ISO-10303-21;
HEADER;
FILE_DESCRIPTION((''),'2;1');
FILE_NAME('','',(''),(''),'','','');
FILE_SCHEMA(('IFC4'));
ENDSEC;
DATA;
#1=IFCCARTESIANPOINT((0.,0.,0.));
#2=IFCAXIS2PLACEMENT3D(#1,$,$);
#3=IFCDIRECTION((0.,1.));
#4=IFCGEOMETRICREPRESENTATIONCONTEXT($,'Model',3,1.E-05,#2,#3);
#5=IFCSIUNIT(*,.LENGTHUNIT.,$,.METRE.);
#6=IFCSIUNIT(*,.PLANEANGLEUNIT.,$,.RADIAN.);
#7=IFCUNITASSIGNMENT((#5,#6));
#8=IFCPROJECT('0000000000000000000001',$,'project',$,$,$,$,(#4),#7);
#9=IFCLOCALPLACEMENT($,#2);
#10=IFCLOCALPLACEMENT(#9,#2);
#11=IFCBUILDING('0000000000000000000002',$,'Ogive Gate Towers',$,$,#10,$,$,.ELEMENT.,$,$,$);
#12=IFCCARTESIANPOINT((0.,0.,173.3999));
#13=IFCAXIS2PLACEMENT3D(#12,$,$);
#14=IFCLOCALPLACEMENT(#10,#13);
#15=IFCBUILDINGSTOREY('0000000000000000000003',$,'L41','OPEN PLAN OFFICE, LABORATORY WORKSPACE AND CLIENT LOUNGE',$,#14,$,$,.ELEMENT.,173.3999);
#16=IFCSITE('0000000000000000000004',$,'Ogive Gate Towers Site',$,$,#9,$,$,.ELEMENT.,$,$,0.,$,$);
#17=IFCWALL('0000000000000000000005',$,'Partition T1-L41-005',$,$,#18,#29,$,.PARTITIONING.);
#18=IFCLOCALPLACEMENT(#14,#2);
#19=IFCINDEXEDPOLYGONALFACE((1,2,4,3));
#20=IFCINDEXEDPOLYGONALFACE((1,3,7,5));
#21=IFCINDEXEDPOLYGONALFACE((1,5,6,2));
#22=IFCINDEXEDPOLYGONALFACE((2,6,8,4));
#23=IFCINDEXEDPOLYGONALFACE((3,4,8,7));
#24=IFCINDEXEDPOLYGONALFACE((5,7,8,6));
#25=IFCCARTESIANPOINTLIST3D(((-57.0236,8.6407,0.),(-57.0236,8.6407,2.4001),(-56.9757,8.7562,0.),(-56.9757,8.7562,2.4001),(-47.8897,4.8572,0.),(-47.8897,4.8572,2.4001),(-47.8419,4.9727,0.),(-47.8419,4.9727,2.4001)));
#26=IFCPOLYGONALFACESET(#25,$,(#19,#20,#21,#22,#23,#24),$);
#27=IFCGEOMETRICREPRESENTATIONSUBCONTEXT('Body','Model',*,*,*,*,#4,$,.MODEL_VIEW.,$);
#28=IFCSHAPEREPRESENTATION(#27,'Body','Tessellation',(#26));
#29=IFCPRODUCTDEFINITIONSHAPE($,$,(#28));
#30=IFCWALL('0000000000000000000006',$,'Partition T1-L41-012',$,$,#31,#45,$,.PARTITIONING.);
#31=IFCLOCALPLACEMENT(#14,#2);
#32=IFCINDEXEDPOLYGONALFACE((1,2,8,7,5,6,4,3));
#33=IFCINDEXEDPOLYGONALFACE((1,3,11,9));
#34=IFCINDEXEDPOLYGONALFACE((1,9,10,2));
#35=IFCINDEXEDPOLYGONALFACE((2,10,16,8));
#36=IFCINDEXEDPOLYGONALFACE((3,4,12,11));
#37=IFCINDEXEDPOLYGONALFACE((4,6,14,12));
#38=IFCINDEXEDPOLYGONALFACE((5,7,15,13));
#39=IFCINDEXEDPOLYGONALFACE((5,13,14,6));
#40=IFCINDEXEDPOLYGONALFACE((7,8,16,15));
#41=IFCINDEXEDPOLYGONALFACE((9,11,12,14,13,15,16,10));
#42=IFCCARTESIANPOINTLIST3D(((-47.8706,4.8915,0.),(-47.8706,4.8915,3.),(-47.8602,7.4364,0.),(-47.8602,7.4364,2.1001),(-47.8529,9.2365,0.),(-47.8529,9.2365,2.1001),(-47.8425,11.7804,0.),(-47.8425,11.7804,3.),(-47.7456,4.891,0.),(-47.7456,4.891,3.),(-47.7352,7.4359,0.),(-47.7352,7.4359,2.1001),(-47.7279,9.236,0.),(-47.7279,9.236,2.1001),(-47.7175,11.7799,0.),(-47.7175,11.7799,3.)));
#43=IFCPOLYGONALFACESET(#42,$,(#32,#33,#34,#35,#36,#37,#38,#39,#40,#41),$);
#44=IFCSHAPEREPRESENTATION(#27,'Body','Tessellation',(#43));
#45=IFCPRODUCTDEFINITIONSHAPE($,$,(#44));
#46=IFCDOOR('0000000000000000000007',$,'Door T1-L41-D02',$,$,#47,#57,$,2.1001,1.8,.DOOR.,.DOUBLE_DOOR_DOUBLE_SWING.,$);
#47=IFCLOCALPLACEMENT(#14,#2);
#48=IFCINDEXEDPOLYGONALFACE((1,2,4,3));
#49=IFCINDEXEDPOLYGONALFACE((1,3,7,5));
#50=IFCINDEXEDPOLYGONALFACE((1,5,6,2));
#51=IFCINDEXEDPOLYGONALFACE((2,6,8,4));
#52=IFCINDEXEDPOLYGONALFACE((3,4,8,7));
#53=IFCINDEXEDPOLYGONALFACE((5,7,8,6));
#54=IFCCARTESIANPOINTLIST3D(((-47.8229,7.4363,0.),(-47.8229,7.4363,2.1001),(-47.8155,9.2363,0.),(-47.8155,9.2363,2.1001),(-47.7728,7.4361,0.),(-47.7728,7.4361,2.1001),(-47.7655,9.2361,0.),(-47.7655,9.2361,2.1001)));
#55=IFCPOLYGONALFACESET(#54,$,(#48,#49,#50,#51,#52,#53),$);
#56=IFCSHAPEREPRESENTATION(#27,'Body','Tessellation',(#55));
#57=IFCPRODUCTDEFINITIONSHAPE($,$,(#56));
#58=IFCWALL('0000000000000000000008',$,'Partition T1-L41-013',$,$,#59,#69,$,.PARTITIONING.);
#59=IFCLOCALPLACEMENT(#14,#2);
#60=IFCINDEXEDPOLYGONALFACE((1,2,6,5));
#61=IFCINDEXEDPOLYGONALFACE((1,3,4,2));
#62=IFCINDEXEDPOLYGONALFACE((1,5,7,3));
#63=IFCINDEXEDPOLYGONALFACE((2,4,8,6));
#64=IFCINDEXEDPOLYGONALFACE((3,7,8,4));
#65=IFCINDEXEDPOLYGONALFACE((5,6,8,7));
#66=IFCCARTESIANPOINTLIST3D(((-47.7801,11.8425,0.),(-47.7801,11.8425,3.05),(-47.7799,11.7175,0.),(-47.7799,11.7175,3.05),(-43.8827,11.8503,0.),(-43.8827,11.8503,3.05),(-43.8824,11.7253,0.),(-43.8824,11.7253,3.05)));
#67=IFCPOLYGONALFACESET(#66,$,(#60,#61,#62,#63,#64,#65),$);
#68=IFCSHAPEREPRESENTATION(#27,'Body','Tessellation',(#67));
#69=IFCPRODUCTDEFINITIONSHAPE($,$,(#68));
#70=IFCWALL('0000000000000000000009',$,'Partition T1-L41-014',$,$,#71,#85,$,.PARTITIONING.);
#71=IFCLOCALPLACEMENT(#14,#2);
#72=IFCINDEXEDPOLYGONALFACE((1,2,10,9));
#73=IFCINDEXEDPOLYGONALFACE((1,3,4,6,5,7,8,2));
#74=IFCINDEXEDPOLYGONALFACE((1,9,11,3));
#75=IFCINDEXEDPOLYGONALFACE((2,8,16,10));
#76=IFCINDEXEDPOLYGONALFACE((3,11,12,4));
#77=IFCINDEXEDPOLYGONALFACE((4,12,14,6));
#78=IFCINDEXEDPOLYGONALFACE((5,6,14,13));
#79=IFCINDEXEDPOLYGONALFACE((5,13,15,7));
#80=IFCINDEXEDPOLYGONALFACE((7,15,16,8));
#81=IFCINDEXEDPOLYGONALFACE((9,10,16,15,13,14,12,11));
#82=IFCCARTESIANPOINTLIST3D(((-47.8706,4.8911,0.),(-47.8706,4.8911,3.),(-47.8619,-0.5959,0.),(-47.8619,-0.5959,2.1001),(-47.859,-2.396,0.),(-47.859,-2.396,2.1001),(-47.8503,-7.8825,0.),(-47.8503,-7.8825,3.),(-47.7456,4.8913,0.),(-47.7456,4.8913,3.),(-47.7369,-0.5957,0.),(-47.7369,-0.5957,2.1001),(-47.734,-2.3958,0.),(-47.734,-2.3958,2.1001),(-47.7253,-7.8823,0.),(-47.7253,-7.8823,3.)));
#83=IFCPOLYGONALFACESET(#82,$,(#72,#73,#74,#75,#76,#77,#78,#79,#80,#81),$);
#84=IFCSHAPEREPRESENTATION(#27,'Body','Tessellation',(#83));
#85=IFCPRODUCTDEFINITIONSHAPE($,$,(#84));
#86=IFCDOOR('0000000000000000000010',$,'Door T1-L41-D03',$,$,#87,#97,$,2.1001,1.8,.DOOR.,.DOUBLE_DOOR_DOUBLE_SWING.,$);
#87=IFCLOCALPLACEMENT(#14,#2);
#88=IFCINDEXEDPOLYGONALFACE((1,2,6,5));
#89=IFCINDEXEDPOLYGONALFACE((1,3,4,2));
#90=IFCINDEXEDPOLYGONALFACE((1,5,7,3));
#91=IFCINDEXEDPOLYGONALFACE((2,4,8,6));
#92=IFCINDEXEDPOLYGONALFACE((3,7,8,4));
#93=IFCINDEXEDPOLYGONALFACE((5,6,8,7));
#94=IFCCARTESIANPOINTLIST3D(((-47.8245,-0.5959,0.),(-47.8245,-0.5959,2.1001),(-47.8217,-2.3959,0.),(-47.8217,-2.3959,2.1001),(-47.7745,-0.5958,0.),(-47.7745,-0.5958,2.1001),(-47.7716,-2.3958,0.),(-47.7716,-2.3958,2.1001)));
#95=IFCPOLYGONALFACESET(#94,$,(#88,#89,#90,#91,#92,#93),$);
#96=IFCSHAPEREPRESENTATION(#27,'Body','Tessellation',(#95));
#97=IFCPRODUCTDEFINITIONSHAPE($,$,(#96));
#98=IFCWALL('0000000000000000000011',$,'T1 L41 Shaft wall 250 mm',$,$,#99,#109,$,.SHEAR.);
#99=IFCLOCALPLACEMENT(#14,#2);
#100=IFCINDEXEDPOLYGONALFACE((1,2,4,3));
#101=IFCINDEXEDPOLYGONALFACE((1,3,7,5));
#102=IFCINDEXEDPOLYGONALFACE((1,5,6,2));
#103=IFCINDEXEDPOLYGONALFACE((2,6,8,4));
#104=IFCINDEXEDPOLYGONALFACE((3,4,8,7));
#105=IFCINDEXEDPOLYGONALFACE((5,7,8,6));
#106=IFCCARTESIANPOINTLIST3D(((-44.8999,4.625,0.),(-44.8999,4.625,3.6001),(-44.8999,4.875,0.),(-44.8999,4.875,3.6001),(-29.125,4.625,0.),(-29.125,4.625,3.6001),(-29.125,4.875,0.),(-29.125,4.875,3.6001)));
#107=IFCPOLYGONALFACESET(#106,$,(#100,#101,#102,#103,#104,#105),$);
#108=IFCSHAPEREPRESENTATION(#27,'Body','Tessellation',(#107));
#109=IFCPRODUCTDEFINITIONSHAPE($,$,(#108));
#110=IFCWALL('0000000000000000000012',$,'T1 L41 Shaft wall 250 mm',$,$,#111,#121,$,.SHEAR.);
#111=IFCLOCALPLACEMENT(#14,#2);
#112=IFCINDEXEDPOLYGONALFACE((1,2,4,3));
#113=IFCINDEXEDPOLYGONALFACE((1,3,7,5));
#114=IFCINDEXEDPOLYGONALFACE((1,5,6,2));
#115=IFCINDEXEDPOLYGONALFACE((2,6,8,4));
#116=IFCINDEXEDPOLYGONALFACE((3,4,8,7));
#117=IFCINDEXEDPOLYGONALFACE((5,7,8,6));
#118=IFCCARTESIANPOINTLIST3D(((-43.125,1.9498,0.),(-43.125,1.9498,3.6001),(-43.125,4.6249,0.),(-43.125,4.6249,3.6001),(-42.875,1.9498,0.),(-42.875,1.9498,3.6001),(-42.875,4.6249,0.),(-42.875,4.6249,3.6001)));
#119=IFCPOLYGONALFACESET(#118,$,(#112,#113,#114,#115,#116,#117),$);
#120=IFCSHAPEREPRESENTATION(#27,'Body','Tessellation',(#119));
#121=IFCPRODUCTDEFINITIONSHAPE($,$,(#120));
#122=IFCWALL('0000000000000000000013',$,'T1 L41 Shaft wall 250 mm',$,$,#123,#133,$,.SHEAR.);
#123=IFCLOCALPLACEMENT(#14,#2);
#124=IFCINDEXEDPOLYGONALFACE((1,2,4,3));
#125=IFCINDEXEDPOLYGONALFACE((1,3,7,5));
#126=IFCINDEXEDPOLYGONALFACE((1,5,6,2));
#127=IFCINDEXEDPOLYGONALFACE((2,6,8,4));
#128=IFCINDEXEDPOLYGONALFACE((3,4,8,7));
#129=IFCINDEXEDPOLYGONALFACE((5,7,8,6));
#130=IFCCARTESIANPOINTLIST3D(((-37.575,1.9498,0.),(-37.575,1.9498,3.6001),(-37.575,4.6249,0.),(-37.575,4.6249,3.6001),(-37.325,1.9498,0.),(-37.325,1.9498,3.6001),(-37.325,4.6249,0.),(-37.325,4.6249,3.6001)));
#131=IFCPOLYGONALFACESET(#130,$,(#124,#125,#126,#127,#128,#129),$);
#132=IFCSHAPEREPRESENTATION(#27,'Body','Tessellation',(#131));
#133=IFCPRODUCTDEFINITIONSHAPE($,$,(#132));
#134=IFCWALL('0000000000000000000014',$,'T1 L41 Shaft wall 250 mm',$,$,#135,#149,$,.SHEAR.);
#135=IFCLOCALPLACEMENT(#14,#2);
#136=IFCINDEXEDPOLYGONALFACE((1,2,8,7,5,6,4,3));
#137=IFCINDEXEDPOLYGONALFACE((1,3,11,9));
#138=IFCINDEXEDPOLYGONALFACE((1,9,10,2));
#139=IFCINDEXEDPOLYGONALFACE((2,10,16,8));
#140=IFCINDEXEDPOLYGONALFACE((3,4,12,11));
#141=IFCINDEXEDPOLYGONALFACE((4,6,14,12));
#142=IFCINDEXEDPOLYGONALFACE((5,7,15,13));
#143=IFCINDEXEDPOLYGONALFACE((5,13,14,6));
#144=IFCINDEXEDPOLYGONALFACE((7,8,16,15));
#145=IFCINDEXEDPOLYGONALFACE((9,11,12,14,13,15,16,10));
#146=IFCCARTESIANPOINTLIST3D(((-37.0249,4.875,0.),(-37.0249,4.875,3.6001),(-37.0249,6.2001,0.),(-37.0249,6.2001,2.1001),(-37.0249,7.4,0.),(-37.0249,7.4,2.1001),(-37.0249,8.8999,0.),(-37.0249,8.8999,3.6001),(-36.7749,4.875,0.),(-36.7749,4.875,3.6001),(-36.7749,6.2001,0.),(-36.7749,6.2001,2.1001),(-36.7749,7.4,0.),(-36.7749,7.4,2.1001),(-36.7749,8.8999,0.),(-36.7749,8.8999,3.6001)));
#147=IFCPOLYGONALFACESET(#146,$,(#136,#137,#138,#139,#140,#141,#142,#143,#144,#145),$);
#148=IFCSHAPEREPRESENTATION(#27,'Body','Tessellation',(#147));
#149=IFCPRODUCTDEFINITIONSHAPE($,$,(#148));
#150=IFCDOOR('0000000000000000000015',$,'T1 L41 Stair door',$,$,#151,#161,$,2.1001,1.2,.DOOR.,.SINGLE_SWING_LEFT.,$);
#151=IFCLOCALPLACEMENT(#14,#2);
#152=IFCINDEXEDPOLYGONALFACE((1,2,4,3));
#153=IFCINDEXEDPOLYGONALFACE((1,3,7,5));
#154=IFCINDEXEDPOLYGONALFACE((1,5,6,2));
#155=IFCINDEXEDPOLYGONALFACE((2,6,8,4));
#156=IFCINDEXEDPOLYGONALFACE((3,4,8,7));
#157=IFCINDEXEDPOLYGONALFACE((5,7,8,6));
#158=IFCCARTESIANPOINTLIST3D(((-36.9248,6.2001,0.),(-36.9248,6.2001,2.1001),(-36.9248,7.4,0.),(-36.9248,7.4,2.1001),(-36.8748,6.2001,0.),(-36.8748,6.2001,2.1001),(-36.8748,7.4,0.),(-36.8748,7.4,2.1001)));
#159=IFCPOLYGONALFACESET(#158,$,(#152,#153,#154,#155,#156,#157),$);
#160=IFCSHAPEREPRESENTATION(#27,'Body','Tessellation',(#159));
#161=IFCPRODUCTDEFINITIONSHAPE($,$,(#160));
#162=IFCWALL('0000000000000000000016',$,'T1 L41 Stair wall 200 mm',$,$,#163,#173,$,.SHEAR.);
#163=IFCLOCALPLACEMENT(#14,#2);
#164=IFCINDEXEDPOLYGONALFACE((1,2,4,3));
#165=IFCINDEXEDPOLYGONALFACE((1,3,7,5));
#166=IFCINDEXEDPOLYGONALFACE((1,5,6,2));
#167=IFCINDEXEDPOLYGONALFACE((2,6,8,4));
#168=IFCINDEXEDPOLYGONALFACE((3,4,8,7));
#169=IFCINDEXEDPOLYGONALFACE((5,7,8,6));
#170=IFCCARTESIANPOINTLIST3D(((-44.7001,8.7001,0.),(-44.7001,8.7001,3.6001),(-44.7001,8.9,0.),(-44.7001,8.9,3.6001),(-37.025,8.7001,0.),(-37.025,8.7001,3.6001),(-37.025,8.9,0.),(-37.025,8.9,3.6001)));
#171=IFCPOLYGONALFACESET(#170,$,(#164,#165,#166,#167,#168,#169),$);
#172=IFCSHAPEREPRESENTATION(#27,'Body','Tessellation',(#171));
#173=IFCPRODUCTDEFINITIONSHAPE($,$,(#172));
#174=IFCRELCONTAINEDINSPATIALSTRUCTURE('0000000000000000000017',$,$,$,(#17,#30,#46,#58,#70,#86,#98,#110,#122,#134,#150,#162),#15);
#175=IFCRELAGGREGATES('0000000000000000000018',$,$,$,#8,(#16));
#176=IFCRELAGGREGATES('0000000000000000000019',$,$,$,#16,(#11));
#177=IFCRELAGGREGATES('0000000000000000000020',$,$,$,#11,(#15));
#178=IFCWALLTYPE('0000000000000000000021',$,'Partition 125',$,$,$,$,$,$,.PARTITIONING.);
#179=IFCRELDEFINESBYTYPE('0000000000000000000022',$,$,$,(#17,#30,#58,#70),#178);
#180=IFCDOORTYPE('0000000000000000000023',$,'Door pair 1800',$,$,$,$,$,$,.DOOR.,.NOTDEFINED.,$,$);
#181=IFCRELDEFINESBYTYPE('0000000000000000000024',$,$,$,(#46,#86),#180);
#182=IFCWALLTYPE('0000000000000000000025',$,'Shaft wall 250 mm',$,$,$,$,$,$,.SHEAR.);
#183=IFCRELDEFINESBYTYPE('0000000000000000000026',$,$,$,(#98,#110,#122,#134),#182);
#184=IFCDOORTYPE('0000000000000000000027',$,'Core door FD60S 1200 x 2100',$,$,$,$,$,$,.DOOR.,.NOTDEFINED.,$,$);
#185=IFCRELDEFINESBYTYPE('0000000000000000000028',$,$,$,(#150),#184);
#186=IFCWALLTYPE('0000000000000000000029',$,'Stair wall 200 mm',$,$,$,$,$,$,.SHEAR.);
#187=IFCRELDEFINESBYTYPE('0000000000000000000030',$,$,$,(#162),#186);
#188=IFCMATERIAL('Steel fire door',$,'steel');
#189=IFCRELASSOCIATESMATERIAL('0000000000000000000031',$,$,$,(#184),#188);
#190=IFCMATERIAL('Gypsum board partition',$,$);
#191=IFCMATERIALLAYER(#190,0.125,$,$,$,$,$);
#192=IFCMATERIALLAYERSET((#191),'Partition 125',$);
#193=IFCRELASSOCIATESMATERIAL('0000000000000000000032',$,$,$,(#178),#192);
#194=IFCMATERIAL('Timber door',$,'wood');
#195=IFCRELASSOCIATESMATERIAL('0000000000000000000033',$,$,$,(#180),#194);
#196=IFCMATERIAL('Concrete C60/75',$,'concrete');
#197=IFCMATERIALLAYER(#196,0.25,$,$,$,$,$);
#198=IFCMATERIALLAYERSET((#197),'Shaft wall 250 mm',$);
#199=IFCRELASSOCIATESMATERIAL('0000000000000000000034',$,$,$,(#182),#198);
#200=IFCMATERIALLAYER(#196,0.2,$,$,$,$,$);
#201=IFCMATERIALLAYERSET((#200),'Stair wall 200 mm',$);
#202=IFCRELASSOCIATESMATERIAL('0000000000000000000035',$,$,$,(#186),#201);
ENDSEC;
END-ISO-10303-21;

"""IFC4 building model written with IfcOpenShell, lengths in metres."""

from ifc_helpers import new_model, si_unit, direction, frame, frame_2d, origin, place, context, subcontext, project, spatial, rectangle, extrude, material, layer, layer_set, type_object, element, fill, save


model = new_model("IFC4")

# Units and contexts
model_context = context("Model", 3, precision=1e-05, world=origin(), true_north=direction((0.0, 1.0)))
body_context = subcontext(model_context, "Body", "Model", "MODEL_VIEW")
ifc_project = project(units=[si_unit("LENGTHUNIT", "METRE"), si_unit("PLANEANGLEUNIT", "RADIAN")], contexts=[model_context])

# Site, building, storey
site_placement = place(None, origin())
site = spatial("IfcSite", under=ifc_project, at=site_placement, Name="Ogive Gate Towers Site", CompositionType="ELEMENT", RefElevation=0.0)
building_placement = place(site_placement, origin())
building = spatial("IfcBuilding", under=site, at=building_placement, Name="Ogive Gate Towers", CompositionType="ELEMENT")
storey_placement = place(building_placement, frame((0.0, 0.0, 173.3999)))
storey = spatial("IfcBuildingStorey", under=building, at=storey_placement, Name="L41", Description="OPEN PLAN OFFICE, LABORATORY WORKSPACE AND CLIENT LOUNGE", CompositionType="ELEMENT", Elevation=173.3999)

# Shared definitions
ifc_material_1 = material(Name="Concrete C60/75", Category="concrete")
ifc_material_2 = material(Name="Timber door", Category="wood")
ifc_material_3 = material(Name="Steel fire door", Category="steel")
door_type_1 = type_object("IfcDoorType", Name="Core door FD60S 1200 x 2100", OperationType="NOTDEFINED", PredefinedType="DOOR", material=ifc_material_3)

# Wall
ifc_material_4 = material(Name="Gypsum board partition")
ifc_layer_1 = layer(ifc_material_4, 0.125)
ifc_layer_set_1 = layer_set([ifc_layer_1], Name="Partition 125")
wall_type_1 = type_object("IfcWallType", Name="Partition 125", PredefinedType="PARTITIONING", material=ifc_layer_set_1)
wall_1_placement = place(storey_placement, frame((-56.9998, 8.6985, 0.0), z_axis=(0.0, 0.0, 1.0), x_axis=(0.923876, -0.382693, 0.0)))
element("IfcWall", 1, at=wall_1_placement, inside=storey, type_object=wall_type_1, Name="Partition T1-L41-005", PredefinedType="PARTITIONING", context=body_context, shape_type="SweptSolid", body=[
    extrude(rectangle(XDim=9.8865, YDim=0.125, at=frame_2d((4.9434, 0.0))), origin(), (0.0, 0.0, 1.0), 2.4001),
])

# Wall, opening, door
wall_2_placement = place(storey_placement, frame((-47.78, 11.78, 0.0), z_axis=(0.0, 0.0, 1.0), x_axis=(-0.004076, -0.999992, 0.0)))
wall_2 = element("IfcWall", 2, at=wall_2_placement, inside=storey, type_object=wall_type_1, Name="Partition T1-L41-012", PredefinedType="PARTITIONING", context=body_context, shape_type="SweptSolid", body=[
    extrude(rectangle(XDim=6.8889, YDim=0.125, at=frame_2d((3.4443, 0.0))), origin(), (0.0, 0.0, 1.0), 3.0),
])
opening_1_placement = place(wall_2_placement, frame((2.5439, 0.0, 0.0)))
opening_1 = element("IfcOpeningElement", 3, at=opening_1_placement, cuts=wall_2, PredefinedType="OPENING", context=body_context, shape_type="SweptSolid", body=[
    extrude(rectangle(XDim=1.8, YDim=2.1001, at=frame_2d((0.8999, 1.05))), frame((0.0, 0.0725, 0.0), z_axis=(0.0, -1.0, 0.0), x_axis=(1.0, 0.0, 0.0)), (0.0, 0.0, 1.0), 0.145),
])
door_type_2 = type_object("IfcDoorType", Name="Door pair 1800", OperationType="NOTDEFINED", PredefinedType="DOOR", material=ifc_material_2)
door_1_placement = place(opening_1_placement, origin())
door_1 = element("IfcDoor", 4, at=door_1_placement, inside=storey, type_object=door_type_2, Name="Door T1-L41-D02", OperationType="DOUBLE_DOOR_DOUBLE_SWING", OverallHeight=2.1001, OverallWidth=1.8, PredefinedType="DOOR", context=body_context, shape_type="SweptSolid", body=[
    extrude(rectangle(XDim=1.8, YDim=2.1001, at=frame_2d((0.8999, 1.05))), frame((0.0, 0.0249, 0.0), z_axis=(0.0, -1.0, 0.0), x_axis=(1.0, 0.0, 0.0)), (0.0, 0.0, 1.0), 0.05),
])
fill(opening_1, door_1)

# Wall
wall_3_placement = place(storey_placement, frame((-43.8826, 11.7878, 0.0), z_axis=(0.0, 0.0, 1.0), x_axis=(-0.999998, -0.002005, 0.0)))
element("IfcWall", 5, at=wall_3_placement, inside=storey, type_object=wall_type_1, Name="Partition T1-L41-013", PredefinedType="PARTITIONING", context=body_context, shape_type="SweptSolid", body=[
    extrude(rectangle(XDim=3.8975, YDim=0.125, at=frame_2d((1.9487, 0.0))), origin(), (0.0, 0.0, 1.0), 3.05),
])

# Wall, opening, door
wall_4_placement = place(storey_placement, frame((-47.8081, 4.8911, 0.0), z_axis=(0.0, 0.0, 1.0), x_axis=(0.001586, -0.999999, 0.0)))
wall_4 = element("IfcWall", 6, at=wall_4_placement, inside=storey, type_object=wall_type_1, Name="Partition T1-L41-014", PredefinedType="PARTITIONING", context=body_context, shape_type="SweptSolid", body=[
    extrude(rectangle(XDim=12.7737, YDim=0.125, at=frame_2d((6.3867, 0.0))), origin(), (0.0, 0.0, 1.0), 3.0),
])
opening_2_placement = place(wall_4_placement, frame((5.4871, 0.0, 0.0)))
opening_2 = element("IfcOpeningElement", 7, at=opening_2_placement, cuts=wall_4, PredefinedType="OPENING", context=body_context, shape_type="SweptSolid", body=[
    extrude(rectangle(XDim=1.8, YDim=2.1001, at=frame_2d((0.8999, 1.05))), frame((0.0, 0.0725, 0.0), z_axis=(0.0, -1.0, 0.0), x_axis=(1.0, 0.0, 0.0)), (0.0, 0.0, 1.0), 0.145),
])
door_2_placement = place(opening_2_placement, origin())
door_2 = element("IfcDoor", 8, at=door_2_placement, inside=storey, type_object=door_type_2, Name="Door T1-L41-D03", OperationType="DOUBLE_DOOR_DOUBLE_SWING", OverallHeight=2.1001, OverallWidth=1.8, PredefinedType="DOOR", context=body_context, shape_type="SweptSolid", body=[
    extrude(rectangle(XDim=1.8, YDim=2.1001, at=frame_2d((0.8999, 1.05))), frame((0.0, 0.0249, 0.0), z_axis=(0.0, -1.0, 0.0), x_axis=(1.0, 0.0, 0.0)), (0.0, 0.0, 1.0), 0.05),
])
fill(opening_2, door_2)

# Walls
ifc_layer_2 = layer(ifc_material_1, 0.25)
ifc_layer_set_2 = layer_set([ifc_layer_2], Name="Shaft wall 250 mm")
wall_type_2 = type_object("IfcWallType", Name="Shaft wall 250 mm", PredefinedType="SHEAR", material=ifc_layer_set_2)
wall_5_placement = place(storey_placement, frame((-44.8999, 4.75, 0.0), z_axis=(0.0, 0.0, 1.0), x_axis=(1.0, 0.0, 0.0)))
element("IfcWall", 9, at=wall_5_placement, inside=storey, type_object=wall_type_2, Name="T1 L41 Shaft wall 250 mm", PredefinedType="SHEAR", context=body_context, shape_type="SweptSolid", body=[
    extrude(rectangle(XDim=15.7749, YDim=0.25, at=frame_2d((7.8875, 0.0))), origin(), (0.0, 0.0, 1.0), 3.6001),
])
for number, where, z_axis, x_axis, name in (
    (10, (-43.0, 1.95, 0.0), (0.0, 0.0, 1.0), (0.0, 1.0, 0.0), "T1 L41 Shaft wall 250 mm"),
    (11, (-37.45, 1.95, 0.0), (0.0, 0.0, 1.0), (0.0, 1.0, 0.0), "T1 L41 Shaft wall 250 mm"),
):
    element("IfcWall", number, at=place(storey_placement, frame(where, z_axis=z_axis, x_axis=x_axis)), inside=storey, type_object=wall_type_2, Name=name, PredefinedType="SHEAR", context=body_context, shape_type="SweptSolid", body=[
        extrude(rectangle(XDim=2.675, YDim=0.25, at=frame_2d((1.3374, 0.0))), origin(), (0.0, 0.0, 1.0), 3.6001),
    ])

# Wall, opening, door
wall_6_placement = place(storey_placement, frame((-36.8999, 4.875, 0.0), z_axis=(0.0, 0.0, 1.0), x_axis=(0.0, 1.0, 0.0)))
wall_6 = element("IfcWall", 12, at=wall_6_placement, inside=storey, type_object=wall_type_2, Name="T1 L41 Shaft wall 250 mm", PredefinedType="SHEAR", context=body_context, shape_type="SweptSolid", body=[
    extrude(rectangle(XDim=4.0249, YDim=0.25, at=frame_2d((2.0125, 0.0))), origin(), (0.0, 0.0, 1.0), 3.6001),
])
opening_3_placement = place(wall_6_placement, frame((1.325, 0.0, 0.0)))
opening_3 = element("IfcOpeningElement", 13, at=opening_3_placement, cuts=wall_6, PredefinedType="OPENING", context=body_context, shape_type="SweptSolid", body=[
    extrude(rectangle(XDim=1.2, YDim=2.1001, at=frame_2d((0.6001, 1.05))), frame((0.0, 0.135, 0.0), z_axis=(0.0, -1.0, 0.0), x_axis=(1.0, 0.0, 0.0)), (0.0, 0.0, 1.0), 0.27),
])
door_3_placement = place(opening_3_placement, origin())
door_3 = element("IfcDoor", 14, at=door_3_placement, inside=storey, type_object=door_type_1, Name="T1 L41 Stair door", OperationType="SINGLE_SWING_LEFT", OverallHeight=2.1001, OverallWidth=1.2, PredefinedType="DOOR", context=body_context, shape_type="SweptSolid", body=[
    extrude(rectangle(XDim=1.2, YDim=2.1001, at=frame_2d((0.6001, 1.05))), frame((0.0, 0.0249, 0.0), z_axis=(0.0, -1.0, 0.0), x_axis=(1.0, 0.0, 0.0)), (0.0, 0.0, 1.0), 0.05),
])
fill(opening_3, door_3)

# Wall
ifc_layer_3 = layer(ifc_material_1, 0.2)
ifc_layer_set_3 = layer_set([ifc_layer_3], Name="Stair wall 200 mm")
wall_type_3 = type_object("IfcWallType", Name="Stair wall 200 mm", PredefinedType="SHEAR", material=ifc_layer_set_3)
wall_7_placement = place(storey_placement, frame((-44.7, 8.8, 0.0), z_axis=(0.0, 0.0, 1.0), x_axis=(1.0, 0.0, 0.0)))
element("IfcWall", 15, at=wall_7_placement, inside=storey, type_object=wall_type_3, Name="T1 L41 Stair wall 200 mm", PredefinedType="SHEAR", context=body_context, shape_type="SweptSolid", body=[
    extrude(rectangle(XDim=7.675, YDim=0.2, at=frame_2d((3.8374, 0.0))), origin(), (0.0, 0.0, 1.0), 3.6001),
])

save(model, "model.ifc")
